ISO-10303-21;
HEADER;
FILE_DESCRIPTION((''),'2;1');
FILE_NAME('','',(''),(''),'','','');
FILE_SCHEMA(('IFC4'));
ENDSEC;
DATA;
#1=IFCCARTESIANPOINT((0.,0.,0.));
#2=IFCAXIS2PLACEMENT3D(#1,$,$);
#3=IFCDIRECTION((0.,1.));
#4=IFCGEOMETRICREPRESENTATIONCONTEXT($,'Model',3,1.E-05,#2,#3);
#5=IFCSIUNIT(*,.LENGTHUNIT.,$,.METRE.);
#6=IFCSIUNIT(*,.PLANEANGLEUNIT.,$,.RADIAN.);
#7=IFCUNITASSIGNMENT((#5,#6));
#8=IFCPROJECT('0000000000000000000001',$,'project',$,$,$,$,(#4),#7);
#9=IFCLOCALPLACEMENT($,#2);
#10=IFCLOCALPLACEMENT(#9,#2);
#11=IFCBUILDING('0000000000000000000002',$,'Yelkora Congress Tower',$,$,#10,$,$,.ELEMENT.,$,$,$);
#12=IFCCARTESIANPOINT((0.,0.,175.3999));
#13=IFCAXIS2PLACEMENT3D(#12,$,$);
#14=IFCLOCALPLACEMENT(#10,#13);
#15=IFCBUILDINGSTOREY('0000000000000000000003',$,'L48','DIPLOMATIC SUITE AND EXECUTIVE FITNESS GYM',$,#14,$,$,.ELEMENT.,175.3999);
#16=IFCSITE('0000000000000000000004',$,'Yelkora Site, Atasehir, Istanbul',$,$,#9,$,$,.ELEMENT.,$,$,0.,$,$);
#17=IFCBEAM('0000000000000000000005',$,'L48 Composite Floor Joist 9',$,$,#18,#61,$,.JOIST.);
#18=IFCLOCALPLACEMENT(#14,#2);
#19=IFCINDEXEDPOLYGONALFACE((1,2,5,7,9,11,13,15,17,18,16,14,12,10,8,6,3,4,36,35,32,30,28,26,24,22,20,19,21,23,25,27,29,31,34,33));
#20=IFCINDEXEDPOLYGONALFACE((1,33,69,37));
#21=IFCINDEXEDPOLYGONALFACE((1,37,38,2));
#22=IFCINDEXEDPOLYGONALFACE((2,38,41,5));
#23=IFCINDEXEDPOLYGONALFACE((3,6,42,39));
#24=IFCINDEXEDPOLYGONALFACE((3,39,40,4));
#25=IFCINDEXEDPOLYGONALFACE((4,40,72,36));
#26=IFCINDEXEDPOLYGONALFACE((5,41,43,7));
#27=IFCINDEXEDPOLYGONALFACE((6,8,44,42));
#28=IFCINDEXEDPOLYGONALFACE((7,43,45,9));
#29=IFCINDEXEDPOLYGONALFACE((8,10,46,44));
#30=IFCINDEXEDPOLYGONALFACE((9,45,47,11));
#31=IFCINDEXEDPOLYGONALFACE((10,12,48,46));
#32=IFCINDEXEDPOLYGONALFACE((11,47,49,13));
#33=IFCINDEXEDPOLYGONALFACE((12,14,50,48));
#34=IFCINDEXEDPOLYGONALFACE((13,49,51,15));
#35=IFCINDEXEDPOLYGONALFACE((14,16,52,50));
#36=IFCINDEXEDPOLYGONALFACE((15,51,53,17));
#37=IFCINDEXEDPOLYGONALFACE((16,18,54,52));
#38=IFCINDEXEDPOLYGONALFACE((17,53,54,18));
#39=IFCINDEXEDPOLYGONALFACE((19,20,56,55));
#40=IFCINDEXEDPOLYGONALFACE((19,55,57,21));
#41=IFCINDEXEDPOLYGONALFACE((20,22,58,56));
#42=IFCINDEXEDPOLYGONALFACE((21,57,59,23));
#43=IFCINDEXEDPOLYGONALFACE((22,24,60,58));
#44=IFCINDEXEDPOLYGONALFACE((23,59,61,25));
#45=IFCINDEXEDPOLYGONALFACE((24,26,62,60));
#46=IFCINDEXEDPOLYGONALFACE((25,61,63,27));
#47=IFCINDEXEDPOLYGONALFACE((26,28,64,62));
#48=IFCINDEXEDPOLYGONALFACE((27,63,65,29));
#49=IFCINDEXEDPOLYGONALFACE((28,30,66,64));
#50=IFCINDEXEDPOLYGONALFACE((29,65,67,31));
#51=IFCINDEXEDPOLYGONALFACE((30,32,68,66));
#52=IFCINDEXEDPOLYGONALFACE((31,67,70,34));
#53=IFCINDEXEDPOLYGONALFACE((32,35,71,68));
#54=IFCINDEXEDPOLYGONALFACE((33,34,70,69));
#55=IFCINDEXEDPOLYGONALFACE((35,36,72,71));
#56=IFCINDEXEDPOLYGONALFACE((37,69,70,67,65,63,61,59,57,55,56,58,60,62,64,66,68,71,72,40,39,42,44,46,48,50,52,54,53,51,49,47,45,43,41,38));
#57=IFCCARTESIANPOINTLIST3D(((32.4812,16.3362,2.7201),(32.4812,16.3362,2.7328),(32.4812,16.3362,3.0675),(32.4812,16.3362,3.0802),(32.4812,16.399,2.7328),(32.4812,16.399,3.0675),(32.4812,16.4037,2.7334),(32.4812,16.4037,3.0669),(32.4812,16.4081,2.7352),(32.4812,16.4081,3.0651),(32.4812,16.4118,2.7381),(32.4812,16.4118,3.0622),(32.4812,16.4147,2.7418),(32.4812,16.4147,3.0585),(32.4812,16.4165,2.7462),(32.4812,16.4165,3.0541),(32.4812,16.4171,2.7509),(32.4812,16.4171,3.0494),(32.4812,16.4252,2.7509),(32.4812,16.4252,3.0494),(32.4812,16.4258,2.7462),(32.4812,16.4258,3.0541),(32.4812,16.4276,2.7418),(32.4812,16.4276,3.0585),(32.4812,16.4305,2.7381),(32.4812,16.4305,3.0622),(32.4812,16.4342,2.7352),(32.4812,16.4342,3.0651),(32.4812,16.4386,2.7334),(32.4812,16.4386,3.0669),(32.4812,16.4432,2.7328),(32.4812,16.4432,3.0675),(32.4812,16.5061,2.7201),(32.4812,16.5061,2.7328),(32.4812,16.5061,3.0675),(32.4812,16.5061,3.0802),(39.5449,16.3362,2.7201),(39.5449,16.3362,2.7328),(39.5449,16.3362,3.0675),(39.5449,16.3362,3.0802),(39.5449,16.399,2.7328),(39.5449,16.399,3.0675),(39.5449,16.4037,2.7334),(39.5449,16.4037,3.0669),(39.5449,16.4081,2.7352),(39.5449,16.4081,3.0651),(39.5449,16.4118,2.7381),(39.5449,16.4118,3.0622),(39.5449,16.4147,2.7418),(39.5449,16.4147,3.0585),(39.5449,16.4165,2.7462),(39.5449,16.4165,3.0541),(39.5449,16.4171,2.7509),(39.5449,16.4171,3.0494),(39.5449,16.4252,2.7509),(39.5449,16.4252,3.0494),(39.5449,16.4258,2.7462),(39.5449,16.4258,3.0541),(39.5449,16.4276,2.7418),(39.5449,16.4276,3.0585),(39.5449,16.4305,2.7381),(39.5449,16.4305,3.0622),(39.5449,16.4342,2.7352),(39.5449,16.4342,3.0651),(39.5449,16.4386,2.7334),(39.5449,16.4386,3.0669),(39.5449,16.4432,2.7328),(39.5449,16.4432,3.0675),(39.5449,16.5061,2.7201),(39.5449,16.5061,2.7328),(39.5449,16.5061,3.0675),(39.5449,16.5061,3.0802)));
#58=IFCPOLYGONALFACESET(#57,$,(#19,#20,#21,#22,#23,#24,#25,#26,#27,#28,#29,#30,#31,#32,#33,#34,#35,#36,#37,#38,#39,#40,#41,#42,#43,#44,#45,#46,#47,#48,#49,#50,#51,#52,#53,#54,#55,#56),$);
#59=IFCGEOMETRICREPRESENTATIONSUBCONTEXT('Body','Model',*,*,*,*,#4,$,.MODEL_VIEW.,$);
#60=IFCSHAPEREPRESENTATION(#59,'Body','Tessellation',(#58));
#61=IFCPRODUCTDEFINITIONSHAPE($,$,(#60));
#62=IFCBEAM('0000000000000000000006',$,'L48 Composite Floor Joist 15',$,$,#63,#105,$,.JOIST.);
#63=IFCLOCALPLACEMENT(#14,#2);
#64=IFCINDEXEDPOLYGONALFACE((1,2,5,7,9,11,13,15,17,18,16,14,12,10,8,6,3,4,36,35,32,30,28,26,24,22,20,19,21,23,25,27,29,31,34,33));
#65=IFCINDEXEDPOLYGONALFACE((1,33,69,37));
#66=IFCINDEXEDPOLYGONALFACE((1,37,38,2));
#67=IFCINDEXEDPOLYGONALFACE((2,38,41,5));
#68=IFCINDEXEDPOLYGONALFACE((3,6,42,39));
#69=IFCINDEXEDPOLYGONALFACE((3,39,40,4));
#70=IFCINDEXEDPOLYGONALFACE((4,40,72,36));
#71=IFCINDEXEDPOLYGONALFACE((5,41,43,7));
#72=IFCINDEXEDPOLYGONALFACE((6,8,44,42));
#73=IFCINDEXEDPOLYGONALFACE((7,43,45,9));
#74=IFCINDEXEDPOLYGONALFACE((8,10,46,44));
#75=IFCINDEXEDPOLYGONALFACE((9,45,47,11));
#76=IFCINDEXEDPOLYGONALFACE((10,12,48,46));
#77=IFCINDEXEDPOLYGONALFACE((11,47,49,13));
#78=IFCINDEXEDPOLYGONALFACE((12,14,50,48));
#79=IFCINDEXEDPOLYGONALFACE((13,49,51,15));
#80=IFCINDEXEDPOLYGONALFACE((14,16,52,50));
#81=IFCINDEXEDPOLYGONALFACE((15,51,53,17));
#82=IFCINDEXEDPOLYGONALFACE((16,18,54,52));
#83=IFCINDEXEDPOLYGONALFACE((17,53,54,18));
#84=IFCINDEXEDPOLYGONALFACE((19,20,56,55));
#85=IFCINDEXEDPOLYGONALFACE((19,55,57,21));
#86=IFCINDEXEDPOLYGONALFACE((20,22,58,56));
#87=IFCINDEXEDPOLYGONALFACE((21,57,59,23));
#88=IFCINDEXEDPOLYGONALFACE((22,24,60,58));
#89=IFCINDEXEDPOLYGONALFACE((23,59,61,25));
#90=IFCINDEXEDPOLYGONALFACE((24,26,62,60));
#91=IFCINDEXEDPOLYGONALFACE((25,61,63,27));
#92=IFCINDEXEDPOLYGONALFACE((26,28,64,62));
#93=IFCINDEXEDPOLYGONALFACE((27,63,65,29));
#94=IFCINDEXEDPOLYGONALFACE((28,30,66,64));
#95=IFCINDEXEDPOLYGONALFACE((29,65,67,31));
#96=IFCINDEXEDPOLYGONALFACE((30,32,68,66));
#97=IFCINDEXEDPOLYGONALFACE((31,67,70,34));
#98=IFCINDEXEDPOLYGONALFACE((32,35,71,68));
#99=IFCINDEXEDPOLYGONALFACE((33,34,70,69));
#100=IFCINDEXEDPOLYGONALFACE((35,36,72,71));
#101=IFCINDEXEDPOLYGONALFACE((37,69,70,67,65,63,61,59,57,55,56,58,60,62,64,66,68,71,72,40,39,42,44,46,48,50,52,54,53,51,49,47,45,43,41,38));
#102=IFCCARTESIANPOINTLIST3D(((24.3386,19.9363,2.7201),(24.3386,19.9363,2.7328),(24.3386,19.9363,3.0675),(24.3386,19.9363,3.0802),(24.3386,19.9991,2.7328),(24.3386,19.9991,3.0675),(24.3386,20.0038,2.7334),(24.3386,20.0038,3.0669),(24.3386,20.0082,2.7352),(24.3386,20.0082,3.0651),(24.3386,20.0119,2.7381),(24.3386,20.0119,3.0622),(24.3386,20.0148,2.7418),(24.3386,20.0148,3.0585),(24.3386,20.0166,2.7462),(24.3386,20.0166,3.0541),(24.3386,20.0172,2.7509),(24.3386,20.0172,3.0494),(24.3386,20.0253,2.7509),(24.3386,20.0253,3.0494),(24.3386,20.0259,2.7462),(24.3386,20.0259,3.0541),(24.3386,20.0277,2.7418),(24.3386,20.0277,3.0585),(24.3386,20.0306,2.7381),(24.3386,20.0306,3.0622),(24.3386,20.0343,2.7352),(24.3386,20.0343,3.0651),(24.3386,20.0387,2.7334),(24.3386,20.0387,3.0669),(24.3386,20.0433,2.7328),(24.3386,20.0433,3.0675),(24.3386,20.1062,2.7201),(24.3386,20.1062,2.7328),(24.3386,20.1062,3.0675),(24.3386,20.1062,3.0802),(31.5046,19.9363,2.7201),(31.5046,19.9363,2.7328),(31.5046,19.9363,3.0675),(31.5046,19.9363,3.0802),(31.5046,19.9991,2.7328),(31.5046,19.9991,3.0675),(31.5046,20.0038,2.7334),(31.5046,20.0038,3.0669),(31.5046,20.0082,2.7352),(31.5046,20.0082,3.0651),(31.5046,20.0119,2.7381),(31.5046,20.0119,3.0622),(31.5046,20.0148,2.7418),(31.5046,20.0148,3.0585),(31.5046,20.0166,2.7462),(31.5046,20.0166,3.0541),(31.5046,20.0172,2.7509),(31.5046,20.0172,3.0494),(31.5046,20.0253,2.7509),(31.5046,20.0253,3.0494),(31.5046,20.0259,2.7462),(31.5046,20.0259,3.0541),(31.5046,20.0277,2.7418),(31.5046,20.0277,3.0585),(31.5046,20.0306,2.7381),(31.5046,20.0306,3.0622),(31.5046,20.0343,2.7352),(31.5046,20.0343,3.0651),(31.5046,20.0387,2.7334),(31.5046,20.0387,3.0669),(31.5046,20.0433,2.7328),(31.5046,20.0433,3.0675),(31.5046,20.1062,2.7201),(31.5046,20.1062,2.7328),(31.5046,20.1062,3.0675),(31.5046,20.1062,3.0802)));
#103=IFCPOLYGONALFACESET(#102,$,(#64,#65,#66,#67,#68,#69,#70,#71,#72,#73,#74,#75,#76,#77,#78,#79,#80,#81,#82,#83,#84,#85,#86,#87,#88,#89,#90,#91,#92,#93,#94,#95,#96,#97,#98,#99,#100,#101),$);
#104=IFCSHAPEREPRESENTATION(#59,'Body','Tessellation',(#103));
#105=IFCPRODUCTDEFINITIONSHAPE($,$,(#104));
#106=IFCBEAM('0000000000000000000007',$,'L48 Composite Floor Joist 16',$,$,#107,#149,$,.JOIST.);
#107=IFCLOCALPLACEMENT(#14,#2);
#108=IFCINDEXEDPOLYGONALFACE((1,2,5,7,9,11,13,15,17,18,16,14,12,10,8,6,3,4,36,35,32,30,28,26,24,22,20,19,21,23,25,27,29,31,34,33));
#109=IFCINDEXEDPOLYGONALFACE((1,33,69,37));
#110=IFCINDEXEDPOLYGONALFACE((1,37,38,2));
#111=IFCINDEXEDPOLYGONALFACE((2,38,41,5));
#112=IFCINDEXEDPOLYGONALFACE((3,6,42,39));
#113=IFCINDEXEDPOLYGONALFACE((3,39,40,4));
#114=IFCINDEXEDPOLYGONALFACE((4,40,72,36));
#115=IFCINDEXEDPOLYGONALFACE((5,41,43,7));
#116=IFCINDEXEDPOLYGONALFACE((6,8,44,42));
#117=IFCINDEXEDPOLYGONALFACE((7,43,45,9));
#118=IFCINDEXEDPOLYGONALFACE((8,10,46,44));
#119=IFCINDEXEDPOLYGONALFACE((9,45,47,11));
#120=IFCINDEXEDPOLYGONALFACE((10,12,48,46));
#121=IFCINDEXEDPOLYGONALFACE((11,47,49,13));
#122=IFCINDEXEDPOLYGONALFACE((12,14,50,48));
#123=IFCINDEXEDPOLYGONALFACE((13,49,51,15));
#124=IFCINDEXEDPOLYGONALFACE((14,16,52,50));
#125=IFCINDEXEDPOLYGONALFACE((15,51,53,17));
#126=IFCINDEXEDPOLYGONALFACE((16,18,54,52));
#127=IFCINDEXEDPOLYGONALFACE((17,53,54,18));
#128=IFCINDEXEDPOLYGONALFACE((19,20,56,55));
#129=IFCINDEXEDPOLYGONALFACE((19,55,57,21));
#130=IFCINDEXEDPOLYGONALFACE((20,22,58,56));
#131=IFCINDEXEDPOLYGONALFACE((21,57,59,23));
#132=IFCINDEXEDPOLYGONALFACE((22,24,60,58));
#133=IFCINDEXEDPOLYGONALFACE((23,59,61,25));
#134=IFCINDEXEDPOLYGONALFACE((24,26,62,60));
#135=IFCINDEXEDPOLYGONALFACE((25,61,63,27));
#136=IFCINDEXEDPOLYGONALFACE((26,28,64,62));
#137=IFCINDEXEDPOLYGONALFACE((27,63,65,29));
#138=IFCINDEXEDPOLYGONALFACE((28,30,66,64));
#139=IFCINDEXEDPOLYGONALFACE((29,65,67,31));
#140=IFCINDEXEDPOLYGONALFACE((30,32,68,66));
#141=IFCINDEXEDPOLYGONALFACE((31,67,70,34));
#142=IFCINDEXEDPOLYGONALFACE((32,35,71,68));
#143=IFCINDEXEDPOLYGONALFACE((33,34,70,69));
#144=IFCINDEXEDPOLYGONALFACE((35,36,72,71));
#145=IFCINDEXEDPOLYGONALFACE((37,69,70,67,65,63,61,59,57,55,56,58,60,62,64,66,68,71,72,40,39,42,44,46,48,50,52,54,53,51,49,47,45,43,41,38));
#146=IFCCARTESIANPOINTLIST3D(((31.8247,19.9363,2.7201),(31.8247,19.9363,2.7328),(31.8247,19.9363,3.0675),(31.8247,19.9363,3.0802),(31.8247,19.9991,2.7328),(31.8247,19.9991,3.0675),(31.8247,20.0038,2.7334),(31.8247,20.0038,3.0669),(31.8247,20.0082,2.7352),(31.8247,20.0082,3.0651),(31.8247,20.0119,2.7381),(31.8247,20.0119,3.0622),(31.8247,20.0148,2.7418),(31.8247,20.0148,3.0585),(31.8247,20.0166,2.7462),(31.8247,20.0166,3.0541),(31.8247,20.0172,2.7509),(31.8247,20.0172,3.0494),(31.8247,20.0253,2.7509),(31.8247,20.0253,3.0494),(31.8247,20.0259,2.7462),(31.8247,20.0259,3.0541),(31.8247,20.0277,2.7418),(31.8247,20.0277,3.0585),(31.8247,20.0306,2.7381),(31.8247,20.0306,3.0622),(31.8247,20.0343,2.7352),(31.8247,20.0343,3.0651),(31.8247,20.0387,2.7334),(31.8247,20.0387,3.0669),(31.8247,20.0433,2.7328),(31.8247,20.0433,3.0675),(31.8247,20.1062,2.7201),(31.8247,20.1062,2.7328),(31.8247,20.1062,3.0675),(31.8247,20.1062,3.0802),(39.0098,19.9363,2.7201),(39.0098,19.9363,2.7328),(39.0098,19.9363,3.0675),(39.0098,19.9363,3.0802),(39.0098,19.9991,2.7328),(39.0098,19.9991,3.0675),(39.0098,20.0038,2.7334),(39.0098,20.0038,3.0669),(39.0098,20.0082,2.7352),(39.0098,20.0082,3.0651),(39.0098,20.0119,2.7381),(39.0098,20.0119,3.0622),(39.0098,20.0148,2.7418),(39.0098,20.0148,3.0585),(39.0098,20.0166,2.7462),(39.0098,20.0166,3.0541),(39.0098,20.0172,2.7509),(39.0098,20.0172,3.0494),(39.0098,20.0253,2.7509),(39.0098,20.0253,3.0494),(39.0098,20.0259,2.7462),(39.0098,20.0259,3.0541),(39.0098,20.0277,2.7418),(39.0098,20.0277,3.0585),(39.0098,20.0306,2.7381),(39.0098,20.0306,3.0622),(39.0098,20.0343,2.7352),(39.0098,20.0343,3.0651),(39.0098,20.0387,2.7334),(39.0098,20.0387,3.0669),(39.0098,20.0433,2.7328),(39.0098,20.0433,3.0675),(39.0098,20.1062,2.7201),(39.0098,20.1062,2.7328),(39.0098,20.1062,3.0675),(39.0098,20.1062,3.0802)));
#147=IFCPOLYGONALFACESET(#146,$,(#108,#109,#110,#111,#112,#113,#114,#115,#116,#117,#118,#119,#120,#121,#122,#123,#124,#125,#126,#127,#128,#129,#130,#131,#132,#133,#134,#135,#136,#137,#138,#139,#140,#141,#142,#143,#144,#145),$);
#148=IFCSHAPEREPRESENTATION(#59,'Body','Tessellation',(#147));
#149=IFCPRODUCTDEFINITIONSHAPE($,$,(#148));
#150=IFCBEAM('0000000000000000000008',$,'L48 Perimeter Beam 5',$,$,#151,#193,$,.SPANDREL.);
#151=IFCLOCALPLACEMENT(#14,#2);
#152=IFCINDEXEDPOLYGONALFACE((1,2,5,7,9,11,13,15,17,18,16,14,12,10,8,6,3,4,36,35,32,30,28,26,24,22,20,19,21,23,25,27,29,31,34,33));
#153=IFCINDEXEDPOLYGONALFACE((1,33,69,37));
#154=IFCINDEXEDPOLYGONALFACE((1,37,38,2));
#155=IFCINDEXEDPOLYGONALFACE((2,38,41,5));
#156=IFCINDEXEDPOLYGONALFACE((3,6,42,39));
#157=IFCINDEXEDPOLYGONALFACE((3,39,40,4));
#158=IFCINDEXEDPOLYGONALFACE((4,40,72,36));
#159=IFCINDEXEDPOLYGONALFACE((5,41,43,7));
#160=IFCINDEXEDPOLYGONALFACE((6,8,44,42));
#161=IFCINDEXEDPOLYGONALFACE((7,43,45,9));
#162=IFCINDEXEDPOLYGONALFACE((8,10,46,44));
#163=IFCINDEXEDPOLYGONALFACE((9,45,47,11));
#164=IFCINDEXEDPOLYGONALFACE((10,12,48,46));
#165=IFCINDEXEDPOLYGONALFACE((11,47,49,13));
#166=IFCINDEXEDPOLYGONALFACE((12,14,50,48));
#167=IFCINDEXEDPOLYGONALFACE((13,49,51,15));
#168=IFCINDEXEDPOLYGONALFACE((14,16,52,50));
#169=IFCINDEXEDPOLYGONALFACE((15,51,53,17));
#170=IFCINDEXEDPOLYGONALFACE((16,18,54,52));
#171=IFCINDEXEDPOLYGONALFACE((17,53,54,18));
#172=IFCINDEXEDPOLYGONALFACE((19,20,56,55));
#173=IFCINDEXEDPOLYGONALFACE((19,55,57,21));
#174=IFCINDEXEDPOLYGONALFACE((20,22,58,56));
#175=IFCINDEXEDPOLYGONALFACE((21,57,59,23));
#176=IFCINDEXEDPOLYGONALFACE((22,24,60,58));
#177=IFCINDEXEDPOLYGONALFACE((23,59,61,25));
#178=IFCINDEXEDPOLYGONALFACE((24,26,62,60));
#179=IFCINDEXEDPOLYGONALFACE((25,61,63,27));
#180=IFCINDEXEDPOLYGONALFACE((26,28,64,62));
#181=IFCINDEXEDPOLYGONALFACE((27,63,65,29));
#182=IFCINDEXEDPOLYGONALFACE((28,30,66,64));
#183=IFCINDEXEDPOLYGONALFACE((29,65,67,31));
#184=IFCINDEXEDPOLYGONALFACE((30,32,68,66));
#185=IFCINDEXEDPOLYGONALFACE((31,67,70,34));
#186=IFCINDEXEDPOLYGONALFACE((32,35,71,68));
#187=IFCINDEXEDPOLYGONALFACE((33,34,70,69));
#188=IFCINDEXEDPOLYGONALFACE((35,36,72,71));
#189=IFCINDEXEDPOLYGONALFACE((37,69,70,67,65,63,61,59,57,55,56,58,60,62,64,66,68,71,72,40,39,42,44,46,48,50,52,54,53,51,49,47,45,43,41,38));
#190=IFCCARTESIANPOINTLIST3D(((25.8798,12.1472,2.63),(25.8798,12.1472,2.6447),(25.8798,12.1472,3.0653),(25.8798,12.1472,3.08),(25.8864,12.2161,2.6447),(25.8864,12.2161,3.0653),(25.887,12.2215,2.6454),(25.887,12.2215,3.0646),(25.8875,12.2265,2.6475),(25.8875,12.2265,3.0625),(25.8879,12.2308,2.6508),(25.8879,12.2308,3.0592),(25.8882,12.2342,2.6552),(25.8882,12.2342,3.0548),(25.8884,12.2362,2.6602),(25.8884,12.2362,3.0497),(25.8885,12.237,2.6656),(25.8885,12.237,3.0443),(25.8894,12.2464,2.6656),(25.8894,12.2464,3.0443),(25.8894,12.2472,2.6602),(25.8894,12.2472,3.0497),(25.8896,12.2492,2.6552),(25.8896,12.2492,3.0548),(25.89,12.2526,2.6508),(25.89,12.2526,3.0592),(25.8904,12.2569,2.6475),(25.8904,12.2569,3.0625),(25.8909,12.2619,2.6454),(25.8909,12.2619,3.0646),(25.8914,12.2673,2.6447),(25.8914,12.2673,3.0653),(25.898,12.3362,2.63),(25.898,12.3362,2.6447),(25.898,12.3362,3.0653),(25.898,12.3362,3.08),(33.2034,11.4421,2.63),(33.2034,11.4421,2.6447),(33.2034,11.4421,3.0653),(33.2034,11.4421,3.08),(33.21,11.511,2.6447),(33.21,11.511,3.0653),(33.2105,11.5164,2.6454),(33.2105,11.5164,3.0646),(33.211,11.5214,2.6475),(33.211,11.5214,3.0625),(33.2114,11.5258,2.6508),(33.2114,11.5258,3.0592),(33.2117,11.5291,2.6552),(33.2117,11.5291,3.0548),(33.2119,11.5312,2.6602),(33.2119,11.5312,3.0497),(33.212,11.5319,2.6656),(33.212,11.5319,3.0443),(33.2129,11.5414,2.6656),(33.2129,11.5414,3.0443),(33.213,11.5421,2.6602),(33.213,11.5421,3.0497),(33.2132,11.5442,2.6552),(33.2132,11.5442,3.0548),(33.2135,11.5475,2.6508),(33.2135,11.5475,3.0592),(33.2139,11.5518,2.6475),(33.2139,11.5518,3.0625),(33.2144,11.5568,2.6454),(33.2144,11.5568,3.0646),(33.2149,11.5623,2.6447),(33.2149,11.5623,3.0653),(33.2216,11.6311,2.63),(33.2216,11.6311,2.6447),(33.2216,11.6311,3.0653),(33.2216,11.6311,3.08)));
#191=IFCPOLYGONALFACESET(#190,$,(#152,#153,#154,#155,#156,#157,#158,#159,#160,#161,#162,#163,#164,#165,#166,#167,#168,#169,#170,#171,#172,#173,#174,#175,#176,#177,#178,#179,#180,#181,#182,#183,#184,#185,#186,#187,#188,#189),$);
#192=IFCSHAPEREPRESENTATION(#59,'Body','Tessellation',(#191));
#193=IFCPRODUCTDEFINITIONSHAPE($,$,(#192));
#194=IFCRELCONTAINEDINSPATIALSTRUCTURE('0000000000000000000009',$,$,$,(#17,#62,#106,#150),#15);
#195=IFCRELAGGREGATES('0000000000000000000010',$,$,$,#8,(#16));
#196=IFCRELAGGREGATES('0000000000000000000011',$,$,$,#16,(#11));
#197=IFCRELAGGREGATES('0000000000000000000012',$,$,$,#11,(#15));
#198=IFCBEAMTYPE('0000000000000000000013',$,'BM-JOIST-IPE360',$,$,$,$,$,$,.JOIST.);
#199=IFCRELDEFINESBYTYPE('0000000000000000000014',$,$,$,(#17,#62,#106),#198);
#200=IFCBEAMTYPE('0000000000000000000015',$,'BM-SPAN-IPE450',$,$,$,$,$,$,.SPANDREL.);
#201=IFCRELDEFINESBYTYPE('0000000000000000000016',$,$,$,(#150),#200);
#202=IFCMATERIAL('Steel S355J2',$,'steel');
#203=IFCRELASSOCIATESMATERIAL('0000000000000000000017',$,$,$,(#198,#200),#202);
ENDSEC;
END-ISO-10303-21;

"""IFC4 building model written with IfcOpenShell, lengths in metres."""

from ifc_helpers import new_model, si_unit, direction, frame, origin, origin_2d, place, context, subcontext, project, spatial, i_section, extrude, material, material_profile, profile_set, type_object, element, save


model = new_model("IFC4")

# Units and contexts
model_context = context("Model", 3, precision=1e-05, world=origin(), true_north=direction((0.0, 1.0)))
body_context = subcontext(model_context, "Body", "Model", "MODEL_VIEW")
ifc_project = project(units=[si_unit("LENGTHUNIT", "METRE"), si_unit("PLANEANGLEUNIT", "RADIAN")], contexts=[model_context])

# Site, building, storey
site_placement = place(None, origin())
site = spatial("IfcSite", under=ifc_project, at=site_placement, Name="Yelkora Site, Atasehir, Istanbul", CompositionType="ELEMENT", RefElevation=0.0)
building_placement = place(site_placement, origin())
building = spatial("IfcBuilding", under=site, at=building_placement, Name="Yelkora Congress Tower", CompositionType="ELEMENT")
storey_placement = place(building_placement, frame((0.0, 0.0, 175.3999)))
storey = spatial("IfcBuildingStorey", under=building, at=storey_placement, Name="L48", Description="DIPLOMATIC SUITE AND EXECUTIVE FITNESS GYM", CompositionType="ELEMENT", Elevation=175.3999)

# Beams
ifc_material_1 = material(Name="Steel S355J2", Category="steel")
ifc_material_profile_1 = material_profile(ifc_material_1, i_section(OverallWidth=0.1699, OverallDepth=0.3601, WebThickness=0.0081, FlangeThickness=0.0127, FilletRadius=0.0181, at=origin_2d()), Name="IPE 360")
ifc_profile_set_1 = profile_set([ifc_material_profile_1], Name="Steel S355J2")
beam_type_1 = type_object("IfcBeamType", Name="BM-JOIST-IPE360", PredefinedType="JOIST", material=ifc_profile_set_1)
beam_1_placement = place(storey_placement, frame((32.4812, 16.4211, 2.9001), z_axis=(1.0, 0.0, 0.0), x_axis=(0.0, 1.0, 0.0)))
element("IfcBeam", 1, at=beam_1_placement, inside=storey, type_object=beam_type_1, Name="L48 Composite Floor Joist 9", PredefinedType="JOIST", context=body_context, shape_type="SweptSolid", body=[
    extrude(i_section(OverallWidth=0.1699, OverallDepth=0.3601, WebThickness=0.0081, FlangeThickness=0.0127, FilletRadius=0.0181, at=origin_2d()), origin(), (0.0, 0.0, 1.0), 7.0637),
])
beam_2_placement = place(storey_placement, frame((24.3386, 20.0212, 2.9001), z_axis=(1.0, 0.0, 0.0), x_axis=(0.0, 1.0, 0.0)))
element("IfcBeam", 2, at=beam_2_placement, inside=storey, type_object=beam_type_1, Name="L48 Composite Floor Joist 15", PredefinedType="JOIST", context=body_context, shape_type="SweptSolid", body=[
    extrude(i_section(OverallWidth=0.1699, OverallDepth=0.3601, WebThickness=0.0081, FlangeThickness=0.0127, FilletRadius=0.0181, at=origin_2d()), origin(), (0.0, 0.0, 1.0), 7.166),
])
beam_3_placement = place(storey_placement, frame((31.8247, 20.0212, 2.9001), z_axis=(1.0, 0.0, 0.0), x_axis=(0.0, 1.0, 0.0)))
element("IfcBeam", 3, at=beam_3_placement, inside=storey, type_object=beam_type_1, Name="L48 Composite Floor Joist 16", PredefinedType="JOIST", context=body_context, shape_type="SweptSolid", body=[
    extrude(i_section(OverallWidth=0.1699, OverallDepth=0.3601, WebThickness=0.0081, FlangeThickness=0.0127, FilletRadius=0.0181, at=origin_2d()), origin(), (0.0, 0.0, 1.0), 7.1851),
])
ifc_material_profile_2 = material_profile(ifc_material_1, i_section(OverallWidth=0.1899, OverallDepth=0.45, WebThickness=0.0095, FlangeThickness=0.0146, FilletRadius=0.021, at=origin_2d()), Name="IPE 450")
ifc_profile_set_2 = profile_set([ifc_material_profile_2], Name="Steel S355J2")
beam_type_2 = type_object("IfcBeamType", Name="BM-SPAN-IPE450", PredefinedType="SPANDREL", material=ifc_profile_set_2)
beam_4_placement = place(storey_placement, frame((25.8889, 12.2417, 2.855), z_axis=(0.995397, -0.095833, 0.0), x_axis=(0.095833, 0.995397, 0.0)))
element("IfcBeam", 4, at=beam_4_placement, inside=storey, type_object=beam_type_2, Name="L48 Perimeter Beam 5", PredefinedType="SPANDREL", context=body_context, shape_type="SweptSolid", body=[
    extrude(i_section(OverallWidth=0.1899, OverallDepth=0.45, WebThickness=0.0095, FlangeThickness=0.0146, FilletRadius=0.021, at=origin_2d()), origin(), (0.0, 0.0, 1.0), 7.3574),
])

save(model, "model.ifc")
